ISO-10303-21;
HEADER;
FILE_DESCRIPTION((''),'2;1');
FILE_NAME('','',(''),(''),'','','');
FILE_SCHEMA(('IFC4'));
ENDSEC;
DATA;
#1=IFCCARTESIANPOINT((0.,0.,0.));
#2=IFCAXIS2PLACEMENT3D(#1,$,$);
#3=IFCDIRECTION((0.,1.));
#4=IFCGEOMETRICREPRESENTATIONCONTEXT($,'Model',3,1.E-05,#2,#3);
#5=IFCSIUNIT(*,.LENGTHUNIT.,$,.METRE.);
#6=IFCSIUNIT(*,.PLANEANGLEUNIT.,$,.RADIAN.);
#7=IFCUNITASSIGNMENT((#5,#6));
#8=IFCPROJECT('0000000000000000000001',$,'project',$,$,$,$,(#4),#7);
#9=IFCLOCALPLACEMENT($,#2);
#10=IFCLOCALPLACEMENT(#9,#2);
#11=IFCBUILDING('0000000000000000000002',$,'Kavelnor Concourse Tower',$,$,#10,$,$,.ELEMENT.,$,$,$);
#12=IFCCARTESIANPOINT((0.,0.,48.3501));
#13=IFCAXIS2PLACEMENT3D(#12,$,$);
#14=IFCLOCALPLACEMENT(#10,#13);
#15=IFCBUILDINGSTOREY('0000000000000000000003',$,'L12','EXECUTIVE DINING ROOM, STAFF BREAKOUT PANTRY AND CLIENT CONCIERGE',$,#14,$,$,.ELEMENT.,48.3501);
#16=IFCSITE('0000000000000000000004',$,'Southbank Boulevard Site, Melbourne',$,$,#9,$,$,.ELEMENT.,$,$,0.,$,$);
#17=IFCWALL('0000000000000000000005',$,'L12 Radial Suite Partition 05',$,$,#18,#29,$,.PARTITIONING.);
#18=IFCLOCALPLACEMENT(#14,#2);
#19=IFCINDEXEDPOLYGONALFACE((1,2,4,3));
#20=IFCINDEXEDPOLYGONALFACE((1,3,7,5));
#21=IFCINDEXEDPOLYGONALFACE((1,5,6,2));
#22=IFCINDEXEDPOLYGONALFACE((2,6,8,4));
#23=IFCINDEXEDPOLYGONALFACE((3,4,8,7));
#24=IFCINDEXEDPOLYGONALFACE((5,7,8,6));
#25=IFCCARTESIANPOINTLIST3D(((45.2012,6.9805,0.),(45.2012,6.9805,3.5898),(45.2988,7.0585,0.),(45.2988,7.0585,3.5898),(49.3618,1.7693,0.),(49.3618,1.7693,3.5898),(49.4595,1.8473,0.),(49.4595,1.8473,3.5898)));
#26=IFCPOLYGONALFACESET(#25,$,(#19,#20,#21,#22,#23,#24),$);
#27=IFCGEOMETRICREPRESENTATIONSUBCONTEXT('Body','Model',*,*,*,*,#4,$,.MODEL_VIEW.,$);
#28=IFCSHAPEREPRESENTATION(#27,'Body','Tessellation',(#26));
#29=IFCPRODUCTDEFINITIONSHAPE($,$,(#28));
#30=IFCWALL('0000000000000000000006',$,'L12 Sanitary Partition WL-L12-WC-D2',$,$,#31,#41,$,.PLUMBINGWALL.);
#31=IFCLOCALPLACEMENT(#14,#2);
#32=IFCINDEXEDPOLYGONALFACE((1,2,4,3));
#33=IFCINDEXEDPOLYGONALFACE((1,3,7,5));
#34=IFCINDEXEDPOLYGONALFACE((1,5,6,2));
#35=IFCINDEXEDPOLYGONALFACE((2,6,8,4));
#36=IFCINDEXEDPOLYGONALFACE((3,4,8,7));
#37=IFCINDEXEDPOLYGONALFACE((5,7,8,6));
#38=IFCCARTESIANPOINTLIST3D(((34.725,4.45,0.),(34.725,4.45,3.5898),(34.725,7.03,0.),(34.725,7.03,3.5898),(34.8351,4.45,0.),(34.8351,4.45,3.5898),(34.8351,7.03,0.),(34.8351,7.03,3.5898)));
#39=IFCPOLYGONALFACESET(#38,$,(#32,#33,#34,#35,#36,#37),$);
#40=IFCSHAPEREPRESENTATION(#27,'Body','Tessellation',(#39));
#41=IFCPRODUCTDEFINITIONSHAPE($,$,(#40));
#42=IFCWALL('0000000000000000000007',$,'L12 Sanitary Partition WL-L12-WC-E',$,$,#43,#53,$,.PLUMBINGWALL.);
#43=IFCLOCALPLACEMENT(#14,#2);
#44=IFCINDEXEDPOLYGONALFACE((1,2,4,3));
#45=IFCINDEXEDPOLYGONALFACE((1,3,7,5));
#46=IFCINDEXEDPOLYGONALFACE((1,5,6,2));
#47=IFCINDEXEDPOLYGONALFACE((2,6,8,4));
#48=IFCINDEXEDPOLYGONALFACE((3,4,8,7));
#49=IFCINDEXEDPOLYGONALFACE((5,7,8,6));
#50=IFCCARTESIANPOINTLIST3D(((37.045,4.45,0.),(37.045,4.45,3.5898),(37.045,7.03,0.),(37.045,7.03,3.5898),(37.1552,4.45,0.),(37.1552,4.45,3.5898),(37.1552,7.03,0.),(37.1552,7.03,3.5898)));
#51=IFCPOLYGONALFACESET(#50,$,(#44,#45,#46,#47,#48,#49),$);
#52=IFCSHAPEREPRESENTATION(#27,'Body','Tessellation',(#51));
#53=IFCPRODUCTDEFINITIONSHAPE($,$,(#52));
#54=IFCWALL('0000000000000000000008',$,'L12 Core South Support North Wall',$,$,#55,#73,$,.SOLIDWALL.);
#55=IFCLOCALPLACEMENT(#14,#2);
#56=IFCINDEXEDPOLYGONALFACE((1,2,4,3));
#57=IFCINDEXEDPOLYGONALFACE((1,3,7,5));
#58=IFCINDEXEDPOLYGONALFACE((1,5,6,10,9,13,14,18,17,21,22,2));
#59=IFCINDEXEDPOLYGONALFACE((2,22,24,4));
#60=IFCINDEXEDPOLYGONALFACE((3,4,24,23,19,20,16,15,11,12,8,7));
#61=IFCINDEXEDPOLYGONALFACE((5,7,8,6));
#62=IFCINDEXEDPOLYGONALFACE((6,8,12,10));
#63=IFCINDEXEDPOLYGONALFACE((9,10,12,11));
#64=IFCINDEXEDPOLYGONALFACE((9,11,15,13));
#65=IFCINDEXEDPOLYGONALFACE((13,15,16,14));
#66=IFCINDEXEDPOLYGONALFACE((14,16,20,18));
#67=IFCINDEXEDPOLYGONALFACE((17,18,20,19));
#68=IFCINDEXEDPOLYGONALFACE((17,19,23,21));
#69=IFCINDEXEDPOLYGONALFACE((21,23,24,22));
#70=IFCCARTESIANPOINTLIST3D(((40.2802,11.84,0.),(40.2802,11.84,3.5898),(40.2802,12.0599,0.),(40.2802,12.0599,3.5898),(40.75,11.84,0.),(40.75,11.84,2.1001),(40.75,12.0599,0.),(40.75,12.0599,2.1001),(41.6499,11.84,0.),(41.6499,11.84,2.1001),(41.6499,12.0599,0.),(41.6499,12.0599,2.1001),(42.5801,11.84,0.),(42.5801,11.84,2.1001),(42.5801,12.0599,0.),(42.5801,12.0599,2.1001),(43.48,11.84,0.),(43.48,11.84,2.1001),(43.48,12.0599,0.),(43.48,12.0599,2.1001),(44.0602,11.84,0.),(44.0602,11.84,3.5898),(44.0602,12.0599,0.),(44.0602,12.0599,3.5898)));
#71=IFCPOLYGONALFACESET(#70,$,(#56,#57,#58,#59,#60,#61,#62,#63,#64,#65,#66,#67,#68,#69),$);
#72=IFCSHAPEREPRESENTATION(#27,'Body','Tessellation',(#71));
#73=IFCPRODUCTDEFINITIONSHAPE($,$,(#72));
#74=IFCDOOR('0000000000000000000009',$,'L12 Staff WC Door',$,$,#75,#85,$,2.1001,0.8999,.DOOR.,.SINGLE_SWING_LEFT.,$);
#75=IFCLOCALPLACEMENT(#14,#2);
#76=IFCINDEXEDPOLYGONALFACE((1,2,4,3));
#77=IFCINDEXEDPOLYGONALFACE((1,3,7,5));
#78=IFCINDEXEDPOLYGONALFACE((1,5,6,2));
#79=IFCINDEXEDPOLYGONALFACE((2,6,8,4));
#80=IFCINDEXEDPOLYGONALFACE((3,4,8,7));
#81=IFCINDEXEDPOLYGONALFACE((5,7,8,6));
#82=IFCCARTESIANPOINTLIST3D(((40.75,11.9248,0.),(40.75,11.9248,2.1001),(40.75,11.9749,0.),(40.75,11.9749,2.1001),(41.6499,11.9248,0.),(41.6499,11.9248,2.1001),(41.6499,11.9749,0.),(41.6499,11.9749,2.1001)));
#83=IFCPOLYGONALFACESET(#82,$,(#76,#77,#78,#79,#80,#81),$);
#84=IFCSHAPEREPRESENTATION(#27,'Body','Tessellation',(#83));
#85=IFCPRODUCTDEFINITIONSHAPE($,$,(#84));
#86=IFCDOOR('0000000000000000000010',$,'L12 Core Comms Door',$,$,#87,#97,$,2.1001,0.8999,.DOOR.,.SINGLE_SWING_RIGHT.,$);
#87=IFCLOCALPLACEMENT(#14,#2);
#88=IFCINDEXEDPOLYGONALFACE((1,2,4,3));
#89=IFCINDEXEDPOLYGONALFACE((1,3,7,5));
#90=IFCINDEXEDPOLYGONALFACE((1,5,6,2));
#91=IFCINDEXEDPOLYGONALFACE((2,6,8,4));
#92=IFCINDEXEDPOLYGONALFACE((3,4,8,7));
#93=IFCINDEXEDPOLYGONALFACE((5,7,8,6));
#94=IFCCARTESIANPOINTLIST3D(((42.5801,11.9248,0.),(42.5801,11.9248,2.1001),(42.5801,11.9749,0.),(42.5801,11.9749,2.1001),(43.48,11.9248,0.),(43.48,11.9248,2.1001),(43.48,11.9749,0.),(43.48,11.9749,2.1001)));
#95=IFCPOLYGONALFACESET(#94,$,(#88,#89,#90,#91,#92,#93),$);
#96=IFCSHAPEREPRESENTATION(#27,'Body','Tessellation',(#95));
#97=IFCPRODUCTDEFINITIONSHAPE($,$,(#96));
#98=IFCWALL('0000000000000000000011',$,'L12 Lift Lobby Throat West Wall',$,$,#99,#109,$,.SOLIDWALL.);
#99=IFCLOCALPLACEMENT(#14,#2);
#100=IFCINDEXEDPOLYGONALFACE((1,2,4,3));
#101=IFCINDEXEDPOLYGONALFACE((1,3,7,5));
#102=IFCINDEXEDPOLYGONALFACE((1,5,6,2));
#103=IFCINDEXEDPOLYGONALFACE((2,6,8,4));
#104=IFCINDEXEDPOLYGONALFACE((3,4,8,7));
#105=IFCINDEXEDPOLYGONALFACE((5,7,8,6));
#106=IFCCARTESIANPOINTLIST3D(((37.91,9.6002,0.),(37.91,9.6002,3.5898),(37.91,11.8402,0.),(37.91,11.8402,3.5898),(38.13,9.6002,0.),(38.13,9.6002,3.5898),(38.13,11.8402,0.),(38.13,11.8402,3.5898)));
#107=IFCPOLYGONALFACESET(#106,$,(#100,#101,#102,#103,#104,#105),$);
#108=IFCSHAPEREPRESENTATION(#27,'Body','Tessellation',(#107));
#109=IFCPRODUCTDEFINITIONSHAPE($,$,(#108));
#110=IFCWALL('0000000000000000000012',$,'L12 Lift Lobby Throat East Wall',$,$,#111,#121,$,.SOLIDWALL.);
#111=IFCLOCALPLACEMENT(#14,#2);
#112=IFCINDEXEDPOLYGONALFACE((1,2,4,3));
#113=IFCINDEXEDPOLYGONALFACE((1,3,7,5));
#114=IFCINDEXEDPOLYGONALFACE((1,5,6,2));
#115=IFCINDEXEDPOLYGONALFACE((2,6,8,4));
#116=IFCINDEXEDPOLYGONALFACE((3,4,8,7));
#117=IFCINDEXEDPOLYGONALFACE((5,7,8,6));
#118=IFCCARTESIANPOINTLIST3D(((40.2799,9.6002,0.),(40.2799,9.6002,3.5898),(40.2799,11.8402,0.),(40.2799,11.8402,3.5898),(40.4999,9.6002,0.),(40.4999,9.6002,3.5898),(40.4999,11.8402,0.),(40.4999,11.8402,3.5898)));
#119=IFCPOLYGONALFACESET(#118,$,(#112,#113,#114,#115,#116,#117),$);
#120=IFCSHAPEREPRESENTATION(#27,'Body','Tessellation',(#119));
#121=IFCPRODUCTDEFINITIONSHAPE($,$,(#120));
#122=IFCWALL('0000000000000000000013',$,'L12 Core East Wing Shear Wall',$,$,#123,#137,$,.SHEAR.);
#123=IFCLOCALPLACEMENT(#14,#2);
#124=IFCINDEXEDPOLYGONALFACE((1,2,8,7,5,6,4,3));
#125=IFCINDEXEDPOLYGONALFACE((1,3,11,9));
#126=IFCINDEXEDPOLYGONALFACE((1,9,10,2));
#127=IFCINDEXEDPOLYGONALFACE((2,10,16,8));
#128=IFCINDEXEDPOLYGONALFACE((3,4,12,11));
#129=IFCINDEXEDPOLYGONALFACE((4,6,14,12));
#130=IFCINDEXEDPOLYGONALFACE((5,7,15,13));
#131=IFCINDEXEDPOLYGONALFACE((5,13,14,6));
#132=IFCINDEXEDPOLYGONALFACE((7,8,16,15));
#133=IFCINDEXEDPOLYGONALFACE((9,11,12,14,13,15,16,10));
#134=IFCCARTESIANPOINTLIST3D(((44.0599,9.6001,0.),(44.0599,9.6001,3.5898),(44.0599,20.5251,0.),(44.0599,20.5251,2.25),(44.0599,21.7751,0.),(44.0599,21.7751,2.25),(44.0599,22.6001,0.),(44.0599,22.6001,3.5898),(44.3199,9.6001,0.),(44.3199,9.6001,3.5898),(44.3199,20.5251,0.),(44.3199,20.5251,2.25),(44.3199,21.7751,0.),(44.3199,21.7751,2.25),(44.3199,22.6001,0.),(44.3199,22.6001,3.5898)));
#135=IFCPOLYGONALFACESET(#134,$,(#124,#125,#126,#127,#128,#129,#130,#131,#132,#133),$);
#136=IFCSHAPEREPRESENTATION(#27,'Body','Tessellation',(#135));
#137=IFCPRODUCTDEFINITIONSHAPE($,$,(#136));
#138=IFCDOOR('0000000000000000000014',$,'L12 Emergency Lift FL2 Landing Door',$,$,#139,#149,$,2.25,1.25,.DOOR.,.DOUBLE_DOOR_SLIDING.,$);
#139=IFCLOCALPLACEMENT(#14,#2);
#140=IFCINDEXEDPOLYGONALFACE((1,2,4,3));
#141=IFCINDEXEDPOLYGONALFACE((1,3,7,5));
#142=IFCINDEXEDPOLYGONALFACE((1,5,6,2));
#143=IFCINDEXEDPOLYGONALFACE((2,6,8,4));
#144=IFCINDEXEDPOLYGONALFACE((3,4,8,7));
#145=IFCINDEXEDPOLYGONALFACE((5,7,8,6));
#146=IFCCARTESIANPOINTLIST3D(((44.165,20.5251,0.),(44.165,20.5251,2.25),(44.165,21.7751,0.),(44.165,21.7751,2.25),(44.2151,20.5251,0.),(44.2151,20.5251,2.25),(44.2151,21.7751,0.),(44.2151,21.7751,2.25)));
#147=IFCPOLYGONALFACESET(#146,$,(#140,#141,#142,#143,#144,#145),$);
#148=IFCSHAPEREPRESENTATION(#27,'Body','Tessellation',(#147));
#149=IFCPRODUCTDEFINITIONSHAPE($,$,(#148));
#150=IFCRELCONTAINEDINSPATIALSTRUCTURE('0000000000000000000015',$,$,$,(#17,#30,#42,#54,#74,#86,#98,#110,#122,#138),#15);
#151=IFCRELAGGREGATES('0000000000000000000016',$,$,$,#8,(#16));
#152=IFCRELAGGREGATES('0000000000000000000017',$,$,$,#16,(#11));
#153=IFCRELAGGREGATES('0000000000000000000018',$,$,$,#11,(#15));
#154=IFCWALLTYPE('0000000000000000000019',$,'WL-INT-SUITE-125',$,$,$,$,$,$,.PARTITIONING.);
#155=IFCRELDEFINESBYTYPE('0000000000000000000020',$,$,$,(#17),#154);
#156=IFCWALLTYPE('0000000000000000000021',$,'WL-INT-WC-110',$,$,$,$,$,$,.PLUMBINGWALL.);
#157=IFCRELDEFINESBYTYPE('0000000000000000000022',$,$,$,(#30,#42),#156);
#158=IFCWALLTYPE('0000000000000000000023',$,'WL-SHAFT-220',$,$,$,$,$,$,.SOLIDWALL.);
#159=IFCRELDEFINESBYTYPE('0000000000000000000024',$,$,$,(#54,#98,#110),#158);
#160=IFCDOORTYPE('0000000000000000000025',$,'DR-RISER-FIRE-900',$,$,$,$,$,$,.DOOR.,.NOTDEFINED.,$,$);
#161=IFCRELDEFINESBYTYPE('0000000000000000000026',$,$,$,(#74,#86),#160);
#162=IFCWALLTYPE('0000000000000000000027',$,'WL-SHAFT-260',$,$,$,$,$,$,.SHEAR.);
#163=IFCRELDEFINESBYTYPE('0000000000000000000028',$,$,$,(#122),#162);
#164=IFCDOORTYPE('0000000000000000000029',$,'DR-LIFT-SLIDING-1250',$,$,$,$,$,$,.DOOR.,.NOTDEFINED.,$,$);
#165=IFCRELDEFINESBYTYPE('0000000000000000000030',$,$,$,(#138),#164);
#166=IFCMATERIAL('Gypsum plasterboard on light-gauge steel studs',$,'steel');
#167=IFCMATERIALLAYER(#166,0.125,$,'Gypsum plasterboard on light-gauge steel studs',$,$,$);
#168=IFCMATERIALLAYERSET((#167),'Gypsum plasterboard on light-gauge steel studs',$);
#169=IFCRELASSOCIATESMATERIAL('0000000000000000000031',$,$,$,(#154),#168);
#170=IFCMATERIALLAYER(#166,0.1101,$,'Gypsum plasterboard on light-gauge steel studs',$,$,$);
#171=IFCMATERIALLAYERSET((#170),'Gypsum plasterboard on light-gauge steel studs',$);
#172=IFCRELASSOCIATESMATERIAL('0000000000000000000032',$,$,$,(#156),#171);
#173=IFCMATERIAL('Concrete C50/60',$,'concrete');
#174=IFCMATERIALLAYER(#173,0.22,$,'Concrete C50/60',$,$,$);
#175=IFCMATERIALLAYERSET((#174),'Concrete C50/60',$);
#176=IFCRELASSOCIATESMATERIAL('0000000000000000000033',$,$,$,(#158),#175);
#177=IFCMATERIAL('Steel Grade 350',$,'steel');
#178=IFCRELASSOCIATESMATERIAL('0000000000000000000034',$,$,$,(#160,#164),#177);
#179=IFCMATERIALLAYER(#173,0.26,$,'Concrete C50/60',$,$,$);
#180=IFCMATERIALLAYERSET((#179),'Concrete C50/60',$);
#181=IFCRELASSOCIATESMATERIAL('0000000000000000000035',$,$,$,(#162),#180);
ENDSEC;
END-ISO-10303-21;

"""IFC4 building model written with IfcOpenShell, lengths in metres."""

from ifc_helpers import new_model, si_unit, direction, frame, frame_2d, origin, place, context, subcontext, project, spatial, rectangle, extrude, material, layer, layer_set, type_object, element, fill, save


model = new_model("IFC4")

# Units and contexts
model_context = context("Model", 3, precision=1e-05, world=origin(), true_north=direction((0.0, 1.0)))
body_context = subcontext(model_context, "Body", "Model", "MODEL_VIEW")
ifc_project = project(units=[si_unit("LENGTHUNIT", "METRE"), si_unit("PLANEANGLEUNIT", "RADIAN")], contexts=[model_context])

# Site, building, storey
site_placement = place(None, origin())
site = spatial("IfcSite", under=ifc_project, at=site_placement, Name="Southbank Boulevard Site, Melbourne", CompositionType="ELEMENT", RefElevation=0.0)
building_placement = place(site_placement, origin())
building = spatial("IfcBuilding", under=site, at=building_placement, Name="Kavelnor Concourse Tower", CompositionType="ELEMENT")
storey_placement = place(building_placement, frame((0.0, 0.0, 48.3501)))
storey = spatial("IfcBuildingStorey", under=building, at=storey_placement, Name="L12", Description="EXECUTIVE DINING ROOM, STAFF BREAKOUT PANTRY AND CLIENT CONCIERGE", CompositionType="ELEMENT", Elevation=48.3501)

# Shared definitions
ifc_material_1 = material(Name="Steel Grade 350", Category="steel")

# Walls
ifc_material_2 = material(Name="Gypsum plasterboard on light-gauge steel studs", Category="steel")
ifc_layer_1 = layer(ifc_material_2, 0.125, Name="Gypsum plasterboard on light-gauge steel studs")
ifc_layer_set_1 = layer_set([ifc_layer_1], Name="Gypsum plasterboard on light-gauge steel studs")
wall_type_1 = type_object("IfcWallType", Name="WL-INT-SUITE-125", PredefinedType="PARTITIONING", material=ifc_layer_set_1)
wall_1_placement = place(storey_placement, frame((45.25, 7.0195, 0.0), z_axis=(0.0, 0.0, 1.0), x_axis=(0.623936, -0.781476, 0.0)))
element("IfcWall", 1, at=wall_1_placement, inside=storey, type_object=wall_type_1, Name="L12 Radial Suite Partition 05", PredefinedType="PARTITIONING", context=body_context, shape_type="SweptSolid", body=[
    extrude(rectangle(XDim=6.6685, YDim=0.125, at=frame_2d((3.3342, 0.0))), origin(), (0.0, 0.0, 1.0), 3.5898),
])
ifc_layer_2 = layer(ifc_material_2, 0.1101, Name="Gypsum plasterboard on light-gauge steel studs")
ifc_layer_set_2 = layer_set([ifc_layer_2], Name="Gypsum plasterboard on light-gauge steel studs")
wall_type_2 = type_object("IfcWallType", Name="WL-INT-WC-110", PredefinedType="PLUMBINGWALL", material=ifc_layer_set_2)
for number, where, z_axis, x_axis, name in (
    (2, (34.78, 4.45, 0.0), (0.0, 0.0, 1.0), (0.0, 1.0, 0.0), "L12 Sanitary Partition WL-L12-WC-D2"),
    (3, (37.1001, 4.45, 0.0), (0.0, 0.0, 1.0), (0.0, 1.0, 0.0), "L12 Sanitary Partition WL-L12-WC-E"),
):
    element("IfcWall", number, at=place(storey_placement, frame(where, z_axis=z_axis, x_axis=x_axis)), inside=storey, type_object=wall_type_2, Name=name, PredefinedType="PLUMBINGWALL", context=body_context, shape_type="SweptSolid", body=[
        extrude(rectangle(XDim=2.5801, YDim=0.1101, at=frame_2d((1.29, 0.0))), origin(), (0.0, 0.0, 1.0), 3.5898),
    ])

# Wall, openings, doors
ifc_material_3 = material(Name="Concrete C50/60", Category="concrete")
ifc_layer_3 = layer(ifc_material_3, 0.22, Name="Concrete C50/60")
ifc_layer_set_3 = layer_set([ifc_layer_3], Name="Concrete C50/60")
wall_type_3 = type_object("IfcWallType", Name="WL-SHAFT-220", PredefinedType="SOLIDWALL", material=ifc_layer_set_3)
wall_2_placement = place(storey_placement, frame((40.28, 11.95, 0.0), z_axis=(0.0, 0.0, 1.0), x_axis=(1.0, 0.0, 0.0)))
wall_2 = element("IfcWall", 4, at=wall_2_placement, inside=storey, type_object=wall_type_3, Name="L12 Core South Support North Wall", PredefinedType="SOLIDWALL", context=body_context, shape_type="SweptSolid", body=[
    extrude(rectangle(XDim=3.78, YDim=0.22, at=frame_2d((1.8901, 0.0))), origin(), (0.0, 0.0, 1.0), 3.5898),
])
opening_1_placement = place(wall_2_placement, frame((0.47, 0.0, 0.0)))
opening_1 = element("IfcOpeningElement", 5, at=opening_1_placement, cuts=wall_2, PredefinedType="OPENING", context=body_context, shape_type="SweptSolid", body=[
    extrude(rectangle(XDim=0.8999, YDim=2.1001, at=frame_2d((0.45, 1.05))), frame((0.0, 0.1201, 0.0), z_axis=(0.0, -1.0, 0.0), x_axis=(1.0, 0.0, 0.0)), (0.0, 0.0, 1.0), 0.24),
])
opening_2_placement = place(wall_2_placement, frame((2.3, 0.0, 0.0)))
opening_2 = element("IfcOpeningElement", 6, at=opening_2_placement, cuts=wall_2, PredefinedType="OPENING", context=body_context, shape_type="SweptSolid", body=[
    extrude(rectangle(XDim=0.8999, YDim=2.1001, at=frame_2d((0.45, 1.05))), frame((0.0, 0.1201, 0.0), z_axis=(0.0, -1.0, 0.0), x_axis=(1.0, 0.0, 0.0)), (0.0, 0.0, 1.0), 0.24),
])
door_type_1 = type_object("IfcDoorType", Name="DR-RISER-FIRE-900", OperationType="NOTDEFINED", PredefinedType="DOOR", material=ifc_material_1)
door_1_placement = place(opening_1_placement, origin())
door_1 = element("IfcDoor", 7, at=door_1_placement, inside=storey, type_object=door_type_1, Name="L12 Staff WC Door", OperationType="SINGLE_SWING_LEFT", OverallHeight=2.1001, OverallWidth=0.8999, PredefinedType="DOOR", context=body_context, shape_type="SweptSolid", body=[
    extrude(rectangle(XDim=0.8999, YDim=2.1001, at=frame_2d((0.45, 1.05))), frame((0.0, 0.0249, 0.0), z_axis=(0.0, -1.0, 0.0), x_axis=(1.0, 0.0, 0.0)), (0.0, 0.0, 1.0), 0.05),
])
fill(opening_1, door_1)
door_2_placement = place(opening_2_placement, origin())
door_2 = element("IfcDoor", 8, at=door_2_placement, inside=storey, type_object=door_type_1, Name="L12 Core Comms Door", OperationType="SINGLE_SWING_RIGHT", OverallHeight=2.1001, OverallWidth=0.8999, PredefinedType="DOOR", context=body_context, shape_type="SweptSolid", body=[
    extrude(rectangle(XDim=0.8999, YDim=2.1001, at=frame_2d((0.45, 1.05))), frame((0.0, 0.0249, 0.0), z_axis=(0.0, -1.0, 0.0), x_axis=(1.0, 0.0, 0.0)), (0.0, 0.0, 1.0), 0.05),
])
fill(opening_2, door_2)

# Walls
for number, where, z_axis, x_axis, name in (
    (9, (38.02, 9.6001, 0.0), (0.0, 0.0, 1.0), (0.0, 1.0, 0.0), "L12 Lift Lobby Throat West Wall"),
    (10, (40.3899, 9.6001, 0.0), (0.0, 0.0, 1.0), (0.0, 1.0, 0.0), "L12 Lift Lobby Throat East Wall"),
):
    element("IfcWall", number, at=place(storey_placement, frame(where, z_axis=z_axis, x_axis=x_axis)), inside=storey, type_object=wall_type_3, Name=name, PredefinedType="SOLIDWALL", context=body_context, shape_type="SweptSolid", body=[
        extrude(rectangle(XDim=2.24, YDim=0.22, at=frame_2d((1.1201, 0.0))), origin(), (0.0, 0.0, 1.0), 3.5898),
    ])

# Wall, opening, door
ifc_layer_4 = layer(ifc_material_3, 0.26, Name="Concrete C50/60")
ifc_layer_set_4 = layer_set([ifc_layer_4], Name="Concrete C50/60")
wall_type_4 = type_object("IfcWallType", Name="WL-SHAFT-260", PredefinedType="SHEAR", material=ifc_layer_set_4)
wall_3_placement = place(storey_placement, frame((44.1899, 9.6001, 0.0), z_axis=(0.0, 0.0, 1.0), x_axis=(0.0, 1.0, 0.0)))
wall_3 = element("IfcWall", 11, at=wall_3_placement, inside=storey, type_object=wall_type_4, Name="L12 Core East Wing Shear Wall", PredefinedType="SHEAR", context=body_context, shape_type="SweptSolid", body=[
    extrude(rectangle(XDim=13.0, YDim=0.26, at=frame_2d((6.5, 0.0))), origin(), (0.0, 0.0, 1.0), 3.5898),
])
opening_3_placement = place(wall_3_placement, frame((10.925, 0.0, 0.0)))
opening_3 = element("IfcOpeningElement", 12, at=opening_3_placement, cuts=wall_3, PredefinedType="OPENING", context=body_context, shape_type="SweptSolid", body=[
    extrude(rectangle(XDim=1.25, YDim=2.25, at=frame_2d((0.625, 1.125))), frame((0.0, 0.1401, 0.0), z_axis=(0.0, -1.0, 0.0), x_axis=(1.0, 0.0, 0.0)), (0.0, 0.0, 1.0), 0.28),
])
door_type_2 = type_object("IfcDoorType", Name="DR-LIFT-SLIDING-1250", OperationType="NOTDEFINED", PredefinedType="DOOR", material=ifc_material_1)
door_3_placement = place(opening_3_placement, origin())
door_3 = element("IfcDoor", 13, at=door_3_placement, inside=storey, type_object=door_type_2, Name="L12 Emergency Lift FL2 Landing Door", OperationType="DOUBLE_DOOR_SLIDING", OverallHeight=2.25, OverallWidth=1.25, PredefinedType="DOOR", context=body_context, shape_type="SweptSolid", body=[
    extrude(rectangle(XDim=1.25, YDim=2.25, at=frame_2d((0.625, 1.125))), frame((0.0, 0.0249, 0.0), z_axis=(0.0, -1.0, 0.0), x_axis=(1.0, 0.0, 0.0)), (0.0, 0.0, 1.0), 0.05),
])
fill(opening_3, door_3)

save(model, "model.ifc")
